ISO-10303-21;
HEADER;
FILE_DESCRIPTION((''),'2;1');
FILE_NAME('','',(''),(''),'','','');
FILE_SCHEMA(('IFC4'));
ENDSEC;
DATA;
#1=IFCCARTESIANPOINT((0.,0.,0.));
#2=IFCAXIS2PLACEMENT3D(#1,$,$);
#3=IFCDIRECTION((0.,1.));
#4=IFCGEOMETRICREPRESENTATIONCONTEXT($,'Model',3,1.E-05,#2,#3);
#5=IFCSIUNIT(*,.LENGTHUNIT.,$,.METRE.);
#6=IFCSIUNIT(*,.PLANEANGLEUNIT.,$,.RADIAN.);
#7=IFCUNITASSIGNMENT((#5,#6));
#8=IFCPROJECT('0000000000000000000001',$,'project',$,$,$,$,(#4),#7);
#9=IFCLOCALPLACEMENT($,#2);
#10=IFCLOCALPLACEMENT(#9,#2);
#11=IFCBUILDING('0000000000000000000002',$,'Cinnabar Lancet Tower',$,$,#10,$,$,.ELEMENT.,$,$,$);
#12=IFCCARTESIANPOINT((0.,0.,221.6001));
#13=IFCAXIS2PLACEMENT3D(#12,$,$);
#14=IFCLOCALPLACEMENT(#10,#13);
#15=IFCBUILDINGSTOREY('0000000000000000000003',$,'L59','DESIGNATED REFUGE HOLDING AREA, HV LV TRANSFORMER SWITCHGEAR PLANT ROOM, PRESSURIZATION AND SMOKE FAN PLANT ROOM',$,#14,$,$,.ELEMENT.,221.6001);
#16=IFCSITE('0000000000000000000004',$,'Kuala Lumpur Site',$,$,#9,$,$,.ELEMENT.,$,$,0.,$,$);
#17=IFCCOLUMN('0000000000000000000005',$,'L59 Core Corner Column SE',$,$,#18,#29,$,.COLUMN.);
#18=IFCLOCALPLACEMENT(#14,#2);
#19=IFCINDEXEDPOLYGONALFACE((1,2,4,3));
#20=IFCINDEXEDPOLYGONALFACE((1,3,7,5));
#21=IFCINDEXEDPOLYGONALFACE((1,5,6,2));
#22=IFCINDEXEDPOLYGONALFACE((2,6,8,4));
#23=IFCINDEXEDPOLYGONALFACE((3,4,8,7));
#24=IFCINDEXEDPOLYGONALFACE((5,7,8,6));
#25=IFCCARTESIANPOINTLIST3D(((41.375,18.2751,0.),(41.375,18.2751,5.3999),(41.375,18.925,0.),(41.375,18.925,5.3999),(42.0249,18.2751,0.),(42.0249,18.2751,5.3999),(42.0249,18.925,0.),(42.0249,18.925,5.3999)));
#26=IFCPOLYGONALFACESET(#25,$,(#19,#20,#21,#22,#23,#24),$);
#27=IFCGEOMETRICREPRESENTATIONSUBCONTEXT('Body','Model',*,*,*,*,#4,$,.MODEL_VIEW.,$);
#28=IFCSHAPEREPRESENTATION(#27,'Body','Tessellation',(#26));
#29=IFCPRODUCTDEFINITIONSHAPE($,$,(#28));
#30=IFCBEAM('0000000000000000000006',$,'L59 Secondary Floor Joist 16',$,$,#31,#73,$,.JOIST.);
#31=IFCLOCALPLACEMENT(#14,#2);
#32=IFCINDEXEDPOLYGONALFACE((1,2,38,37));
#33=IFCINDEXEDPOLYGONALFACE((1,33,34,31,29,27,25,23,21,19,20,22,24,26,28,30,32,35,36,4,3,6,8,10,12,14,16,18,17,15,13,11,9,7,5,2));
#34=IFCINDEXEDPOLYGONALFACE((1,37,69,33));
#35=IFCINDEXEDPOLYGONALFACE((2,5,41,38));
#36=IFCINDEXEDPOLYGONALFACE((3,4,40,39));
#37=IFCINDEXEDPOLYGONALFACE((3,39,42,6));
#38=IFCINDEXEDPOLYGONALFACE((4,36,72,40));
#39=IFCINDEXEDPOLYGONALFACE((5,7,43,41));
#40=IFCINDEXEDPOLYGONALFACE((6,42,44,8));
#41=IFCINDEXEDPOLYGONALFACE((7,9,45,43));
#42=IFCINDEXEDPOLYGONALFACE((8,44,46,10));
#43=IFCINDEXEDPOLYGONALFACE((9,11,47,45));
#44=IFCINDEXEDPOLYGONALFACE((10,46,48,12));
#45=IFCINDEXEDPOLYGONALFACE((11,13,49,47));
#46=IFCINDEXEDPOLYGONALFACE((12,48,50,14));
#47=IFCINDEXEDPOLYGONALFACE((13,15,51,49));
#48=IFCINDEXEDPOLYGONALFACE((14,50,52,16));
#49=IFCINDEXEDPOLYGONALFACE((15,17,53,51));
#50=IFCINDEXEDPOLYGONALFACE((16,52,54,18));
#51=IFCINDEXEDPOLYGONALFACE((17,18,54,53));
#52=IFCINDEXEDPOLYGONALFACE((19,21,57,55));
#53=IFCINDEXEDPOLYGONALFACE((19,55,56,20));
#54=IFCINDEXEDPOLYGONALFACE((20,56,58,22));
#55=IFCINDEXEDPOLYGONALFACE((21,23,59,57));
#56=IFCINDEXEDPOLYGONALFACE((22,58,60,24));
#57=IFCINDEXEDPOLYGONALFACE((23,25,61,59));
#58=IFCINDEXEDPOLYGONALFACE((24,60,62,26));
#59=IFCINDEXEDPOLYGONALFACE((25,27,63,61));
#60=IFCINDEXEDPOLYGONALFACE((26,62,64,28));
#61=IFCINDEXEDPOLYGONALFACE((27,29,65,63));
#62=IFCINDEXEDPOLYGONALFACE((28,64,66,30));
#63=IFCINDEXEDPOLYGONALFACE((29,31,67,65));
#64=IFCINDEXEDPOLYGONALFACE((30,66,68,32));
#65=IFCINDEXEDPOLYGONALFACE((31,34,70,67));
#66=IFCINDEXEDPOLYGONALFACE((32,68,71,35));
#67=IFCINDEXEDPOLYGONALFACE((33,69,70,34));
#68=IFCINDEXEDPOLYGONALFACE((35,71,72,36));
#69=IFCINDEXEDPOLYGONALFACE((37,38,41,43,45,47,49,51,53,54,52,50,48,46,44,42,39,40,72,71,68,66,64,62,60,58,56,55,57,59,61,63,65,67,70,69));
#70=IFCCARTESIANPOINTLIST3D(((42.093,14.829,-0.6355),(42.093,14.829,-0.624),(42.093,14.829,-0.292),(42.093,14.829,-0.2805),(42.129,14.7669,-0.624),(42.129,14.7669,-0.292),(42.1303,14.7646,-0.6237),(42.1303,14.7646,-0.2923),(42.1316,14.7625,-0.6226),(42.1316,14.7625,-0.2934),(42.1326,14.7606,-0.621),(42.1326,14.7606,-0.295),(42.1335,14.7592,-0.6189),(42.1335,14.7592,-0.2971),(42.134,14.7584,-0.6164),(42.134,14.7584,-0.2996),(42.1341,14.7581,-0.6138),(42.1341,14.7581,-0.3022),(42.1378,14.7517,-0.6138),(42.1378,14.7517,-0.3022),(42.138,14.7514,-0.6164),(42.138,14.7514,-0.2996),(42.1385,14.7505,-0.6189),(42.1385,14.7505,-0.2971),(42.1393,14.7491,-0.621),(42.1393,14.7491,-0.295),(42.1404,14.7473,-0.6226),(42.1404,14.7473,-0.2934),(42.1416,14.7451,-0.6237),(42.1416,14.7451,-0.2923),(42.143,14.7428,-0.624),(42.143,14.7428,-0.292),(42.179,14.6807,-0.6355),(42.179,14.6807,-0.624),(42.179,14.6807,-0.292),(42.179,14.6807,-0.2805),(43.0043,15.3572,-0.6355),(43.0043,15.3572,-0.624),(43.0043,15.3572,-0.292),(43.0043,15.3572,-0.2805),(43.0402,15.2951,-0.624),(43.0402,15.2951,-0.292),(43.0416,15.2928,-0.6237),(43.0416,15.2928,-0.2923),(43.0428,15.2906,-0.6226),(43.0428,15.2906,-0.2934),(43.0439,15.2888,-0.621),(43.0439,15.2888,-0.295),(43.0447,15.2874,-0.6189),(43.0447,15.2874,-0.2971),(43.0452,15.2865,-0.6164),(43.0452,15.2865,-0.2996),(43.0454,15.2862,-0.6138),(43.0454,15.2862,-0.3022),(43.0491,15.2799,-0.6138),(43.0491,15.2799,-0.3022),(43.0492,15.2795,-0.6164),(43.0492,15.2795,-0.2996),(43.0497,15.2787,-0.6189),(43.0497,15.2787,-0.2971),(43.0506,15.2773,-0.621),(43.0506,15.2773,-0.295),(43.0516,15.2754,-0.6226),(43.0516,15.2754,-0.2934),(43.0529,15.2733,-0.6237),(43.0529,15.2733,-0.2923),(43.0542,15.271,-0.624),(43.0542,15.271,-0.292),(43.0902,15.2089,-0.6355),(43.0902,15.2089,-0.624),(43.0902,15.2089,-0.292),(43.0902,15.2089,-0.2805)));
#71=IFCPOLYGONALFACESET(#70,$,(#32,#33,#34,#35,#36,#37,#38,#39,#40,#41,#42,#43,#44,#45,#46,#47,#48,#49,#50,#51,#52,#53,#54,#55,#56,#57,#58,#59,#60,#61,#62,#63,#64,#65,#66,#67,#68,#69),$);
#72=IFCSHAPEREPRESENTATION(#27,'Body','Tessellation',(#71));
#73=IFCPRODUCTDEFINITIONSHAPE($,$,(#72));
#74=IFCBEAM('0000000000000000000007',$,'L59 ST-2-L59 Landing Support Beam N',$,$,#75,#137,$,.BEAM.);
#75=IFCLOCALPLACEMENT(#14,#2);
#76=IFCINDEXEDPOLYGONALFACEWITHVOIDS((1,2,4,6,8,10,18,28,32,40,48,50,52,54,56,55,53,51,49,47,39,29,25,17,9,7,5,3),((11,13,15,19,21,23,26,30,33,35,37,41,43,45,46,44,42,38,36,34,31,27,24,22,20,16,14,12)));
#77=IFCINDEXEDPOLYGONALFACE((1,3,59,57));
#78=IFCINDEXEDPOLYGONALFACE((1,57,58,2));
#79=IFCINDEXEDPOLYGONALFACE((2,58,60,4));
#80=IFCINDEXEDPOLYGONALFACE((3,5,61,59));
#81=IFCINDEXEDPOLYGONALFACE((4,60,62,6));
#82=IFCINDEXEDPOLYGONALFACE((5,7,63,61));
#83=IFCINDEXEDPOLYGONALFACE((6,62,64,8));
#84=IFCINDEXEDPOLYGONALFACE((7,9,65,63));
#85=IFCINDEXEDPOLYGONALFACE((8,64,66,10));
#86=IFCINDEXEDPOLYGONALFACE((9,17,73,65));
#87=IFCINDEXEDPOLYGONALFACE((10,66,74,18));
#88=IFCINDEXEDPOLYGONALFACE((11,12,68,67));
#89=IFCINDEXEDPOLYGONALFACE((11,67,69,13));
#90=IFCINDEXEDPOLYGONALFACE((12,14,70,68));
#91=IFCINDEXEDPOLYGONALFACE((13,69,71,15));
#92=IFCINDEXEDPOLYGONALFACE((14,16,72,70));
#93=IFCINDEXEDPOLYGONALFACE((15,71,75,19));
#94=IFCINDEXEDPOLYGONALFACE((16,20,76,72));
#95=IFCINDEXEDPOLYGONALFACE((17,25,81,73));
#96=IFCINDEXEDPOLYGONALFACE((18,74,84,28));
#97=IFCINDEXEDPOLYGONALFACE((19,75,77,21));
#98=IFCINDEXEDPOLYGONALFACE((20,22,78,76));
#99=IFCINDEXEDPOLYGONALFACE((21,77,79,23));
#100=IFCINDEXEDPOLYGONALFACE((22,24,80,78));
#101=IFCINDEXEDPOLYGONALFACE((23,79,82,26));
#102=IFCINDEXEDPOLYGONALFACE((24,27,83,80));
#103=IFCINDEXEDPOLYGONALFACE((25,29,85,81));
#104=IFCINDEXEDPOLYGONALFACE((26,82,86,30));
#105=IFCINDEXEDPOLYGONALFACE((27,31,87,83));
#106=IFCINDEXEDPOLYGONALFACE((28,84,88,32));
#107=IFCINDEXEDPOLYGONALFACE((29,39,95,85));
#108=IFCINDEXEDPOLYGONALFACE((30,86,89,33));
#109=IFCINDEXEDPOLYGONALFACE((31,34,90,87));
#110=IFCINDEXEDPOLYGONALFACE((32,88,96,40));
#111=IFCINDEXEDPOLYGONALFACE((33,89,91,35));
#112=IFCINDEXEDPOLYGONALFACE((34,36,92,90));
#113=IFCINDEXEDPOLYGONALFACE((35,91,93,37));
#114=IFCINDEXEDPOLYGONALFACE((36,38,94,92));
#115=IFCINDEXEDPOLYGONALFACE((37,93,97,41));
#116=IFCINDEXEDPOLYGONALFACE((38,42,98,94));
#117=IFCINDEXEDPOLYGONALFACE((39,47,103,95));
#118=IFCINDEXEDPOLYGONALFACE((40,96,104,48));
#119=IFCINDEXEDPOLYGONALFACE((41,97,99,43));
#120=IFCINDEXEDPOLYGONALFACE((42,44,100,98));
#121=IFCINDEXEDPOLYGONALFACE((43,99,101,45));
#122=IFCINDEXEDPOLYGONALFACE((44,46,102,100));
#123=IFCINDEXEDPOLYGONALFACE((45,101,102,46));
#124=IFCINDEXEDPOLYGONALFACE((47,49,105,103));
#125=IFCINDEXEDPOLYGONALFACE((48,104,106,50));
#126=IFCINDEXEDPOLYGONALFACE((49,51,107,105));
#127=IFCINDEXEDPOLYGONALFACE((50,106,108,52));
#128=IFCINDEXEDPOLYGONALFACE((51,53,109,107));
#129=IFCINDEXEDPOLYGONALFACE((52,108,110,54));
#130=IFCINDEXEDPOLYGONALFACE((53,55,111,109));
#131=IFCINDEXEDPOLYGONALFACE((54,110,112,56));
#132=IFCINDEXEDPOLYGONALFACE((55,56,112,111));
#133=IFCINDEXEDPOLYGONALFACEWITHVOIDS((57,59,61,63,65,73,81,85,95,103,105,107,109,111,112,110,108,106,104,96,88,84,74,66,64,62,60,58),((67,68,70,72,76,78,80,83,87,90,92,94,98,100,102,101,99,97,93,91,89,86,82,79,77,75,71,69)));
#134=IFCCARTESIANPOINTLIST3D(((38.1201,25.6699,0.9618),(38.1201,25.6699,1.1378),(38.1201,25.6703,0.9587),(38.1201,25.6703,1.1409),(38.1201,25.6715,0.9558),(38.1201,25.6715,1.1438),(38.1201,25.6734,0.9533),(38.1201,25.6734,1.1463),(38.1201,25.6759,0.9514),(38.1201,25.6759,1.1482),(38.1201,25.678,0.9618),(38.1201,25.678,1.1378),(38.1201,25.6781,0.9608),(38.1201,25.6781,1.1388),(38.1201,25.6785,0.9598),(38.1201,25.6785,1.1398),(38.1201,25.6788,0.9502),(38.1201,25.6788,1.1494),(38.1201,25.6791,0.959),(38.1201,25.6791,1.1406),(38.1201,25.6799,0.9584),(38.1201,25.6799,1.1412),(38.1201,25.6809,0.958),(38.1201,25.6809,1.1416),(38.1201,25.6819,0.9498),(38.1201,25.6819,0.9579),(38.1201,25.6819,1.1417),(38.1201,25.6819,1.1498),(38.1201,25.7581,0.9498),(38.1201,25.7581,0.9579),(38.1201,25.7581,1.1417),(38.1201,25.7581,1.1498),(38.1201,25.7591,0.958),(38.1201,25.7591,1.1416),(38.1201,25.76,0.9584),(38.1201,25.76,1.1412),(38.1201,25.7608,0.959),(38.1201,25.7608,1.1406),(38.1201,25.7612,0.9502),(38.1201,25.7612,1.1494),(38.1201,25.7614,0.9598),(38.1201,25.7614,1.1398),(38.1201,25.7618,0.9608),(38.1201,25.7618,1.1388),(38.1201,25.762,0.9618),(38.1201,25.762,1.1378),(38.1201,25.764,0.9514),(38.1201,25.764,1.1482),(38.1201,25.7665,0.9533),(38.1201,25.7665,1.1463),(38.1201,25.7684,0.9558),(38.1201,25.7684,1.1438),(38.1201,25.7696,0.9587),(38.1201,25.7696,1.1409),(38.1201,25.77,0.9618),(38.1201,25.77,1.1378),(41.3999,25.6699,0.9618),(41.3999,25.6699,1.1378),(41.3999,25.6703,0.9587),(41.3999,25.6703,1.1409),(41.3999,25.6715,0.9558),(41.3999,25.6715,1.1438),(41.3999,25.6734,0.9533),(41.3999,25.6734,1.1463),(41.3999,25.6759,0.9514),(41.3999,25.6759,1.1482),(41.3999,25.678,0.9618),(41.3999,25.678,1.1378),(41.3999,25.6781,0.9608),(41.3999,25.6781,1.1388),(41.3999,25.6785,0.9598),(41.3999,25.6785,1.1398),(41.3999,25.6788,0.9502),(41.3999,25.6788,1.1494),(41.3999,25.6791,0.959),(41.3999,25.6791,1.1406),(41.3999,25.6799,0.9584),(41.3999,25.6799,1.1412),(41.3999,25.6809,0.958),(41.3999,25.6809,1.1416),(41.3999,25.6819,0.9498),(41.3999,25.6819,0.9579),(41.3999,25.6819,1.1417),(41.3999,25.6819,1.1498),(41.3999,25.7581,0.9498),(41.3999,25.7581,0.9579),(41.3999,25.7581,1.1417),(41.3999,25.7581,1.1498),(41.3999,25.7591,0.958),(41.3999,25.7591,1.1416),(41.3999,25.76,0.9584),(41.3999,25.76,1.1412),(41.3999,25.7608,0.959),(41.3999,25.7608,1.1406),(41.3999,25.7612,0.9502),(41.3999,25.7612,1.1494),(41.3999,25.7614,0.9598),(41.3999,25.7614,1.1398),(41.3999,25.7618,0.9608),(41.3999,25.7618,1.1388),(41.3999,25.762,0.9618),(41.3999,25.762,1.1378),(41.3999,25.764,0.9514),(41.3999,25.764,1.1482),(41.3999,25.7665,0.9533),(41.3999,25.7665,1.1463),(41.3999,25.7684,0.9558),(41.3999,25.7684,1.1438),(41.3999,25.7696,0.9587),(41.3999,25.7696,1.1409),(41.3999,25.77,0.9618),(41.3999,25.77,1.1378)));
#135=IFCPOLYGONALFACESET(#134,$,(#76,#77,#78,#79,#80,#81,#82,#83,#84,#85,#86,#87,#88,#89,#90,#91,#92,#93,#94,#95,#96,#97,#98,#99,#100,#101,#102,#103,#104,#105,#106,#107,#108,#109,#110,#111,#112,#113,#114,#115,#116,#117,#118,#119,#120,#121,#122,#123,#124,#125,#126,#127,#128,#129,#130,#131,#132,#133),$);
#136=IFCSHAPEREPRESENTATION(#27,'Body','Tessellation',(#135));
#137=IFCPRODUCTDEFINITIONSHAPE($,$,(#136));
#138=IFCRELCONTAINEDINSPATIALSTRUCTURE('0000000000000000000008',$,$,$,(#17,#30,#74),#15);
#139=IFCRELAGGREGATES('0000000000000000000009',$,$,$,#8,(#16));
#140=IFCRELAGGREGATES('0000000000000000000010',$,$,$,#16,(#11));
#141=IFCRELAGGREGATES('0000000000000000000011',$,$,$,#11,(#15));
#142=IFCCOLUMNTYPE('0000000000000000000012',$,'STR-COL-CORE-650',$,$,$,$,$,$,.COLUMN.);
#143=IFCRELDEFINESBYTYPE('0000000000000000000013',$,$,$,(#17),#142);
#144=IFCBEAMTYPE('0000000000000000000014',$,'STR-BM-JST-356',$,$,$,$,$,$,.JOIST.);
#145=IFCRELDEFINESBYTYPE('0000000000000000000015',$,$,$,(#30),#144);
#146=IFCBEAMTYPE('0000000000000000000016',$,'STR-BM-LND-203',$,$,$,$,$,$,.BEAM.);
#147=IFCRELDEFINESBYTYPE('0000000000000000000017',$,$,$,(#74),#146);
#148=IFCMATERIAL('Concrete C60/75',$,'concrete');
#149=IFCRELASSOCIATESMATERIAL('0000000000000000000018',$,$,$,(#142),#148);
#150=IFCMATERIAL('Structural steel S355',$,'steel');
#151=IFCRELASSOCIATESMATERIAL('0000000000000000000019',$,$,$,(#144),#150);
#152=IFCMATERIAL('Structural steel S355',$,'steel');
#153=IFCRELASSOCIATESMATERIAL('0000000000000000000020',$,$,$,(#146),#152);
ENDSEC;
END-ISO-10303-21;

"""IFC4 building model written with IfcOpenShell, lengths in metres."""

from ifc_helpers import new_model, si_unit, direction, frame, origin, origin_2d, place, context, subcontext, project, spatial, rectangle, hollow_rectangle, i_section, extrude, material, material_profile, profile_set, type_object, element, save


model = new_model("IFC4")

# Units and contexts
model_context = context("Model", 3, precision=1e-05, world=origin(), true_north=direction((0.0, 1.0)))
body_context = subcontext(model_context, "Body", "Model", "MODEL_VIEW")
ifc_project = project(units=[si_unit("LENGTHUNIT", "METRE"), si_unit("PLANEANGLEUNIT", "RADIAN")], contexts=[model_context])

# Site, building, storey
site_placement = place(None, origin())
site = spatial("IfcSite", under=ifc_project, at=site_placement, Name="Kuala Lumpur Site", CompositionType="ELEMENT", RefElevation=0.0)
building_placement = place(site_placement, origin())
building = spatial("IfcBuilding", under=site, at=building_placement, Name="Cinnabar Lancet Tower", CompositionType="ELEMENT")
storey_placement = place(building_placement, frame((0.0, 0.0, 221.6001)))
storey = spatial("IfcBuildingStorey", under=building, at=storey_placement, Name="L59", Description="DESIGNATED REFUGE HOLDING AREA, HV LV TRANSFORMER SWITCHGEAR PLANT ROOM, PRESSURIZATION AND SMOKE FAN PLANT ROOM", CompositionType="ELEMENT", Elevation=221.6001)

# Column
ifc_material_1 = material(Name="Concrete C60/75", Category="concrete")
ifc_material_profile_1 = material_profile(ifc_material_1, rectangle(XDim=0.6499, YDim=0.6499, at=origin_2d()), Name="RC-COL 650x650")
ifc_profile_set_1 = profile_set([ifc_material_profile_1], Name="Concrete C60/75")
column_type = type_object("IfcColumnType", Name="STR-COL-CORE-650", PredefinedType="COLUMN", material=ifc_profile_set_1)
column_placement = place(storey_placement, frame((41.7, 18.6001, 0.0), z_axis=(0.0, 0.0, 1.0), x_axis=(1.0, 0.0, 0.0)))
element("IfcColumn", 1, at=column_placement, inside=storey, type_object=column_type, Name="L59 Core Corner Column SE", PredefinedType="COLUMN", context=body_context, shape_type="SweptSolid", body=[
    extrude(rectangle(XDim=0.6499, YDim=0.6499, at=origin_2d()), origin(), (0.0, 0.0, 1.0), 5.3999),
])

# Beams
ifc_material_2 = material(Name="Structural steel S355", Category="steel")
ifc_material_profile_2 = material_profile(ifc_material_2, i_section(OverallWidth=0.1714, OverallDepth=0.355, WebThickness=0.0073, FlangeThickness=0.0115, FilletRadius=0.0103, at=origin_2d()), Name="UKB 356x171x51")
ifc_profile_set_2 = profile_set([ifc_material_profile_2], Name="Structural steel S355")
beam_type_1 = type_object("IfcBeamType", Name="STR-BM-JST-356", PredefinedType="JOIST", material=ifc_profile_set_2)
beam_1_placement = place(storey_placement, frame((42.136, 14.7549, -0.458), z_axis=(0.865188, 0.501447, 0.0), x_axis=(-0.501447, 0.865188, 0.0)))
element("IfcBeam", 2, at=beam_1_placement, inside=storey, type_object=beam_type_1, Name="L59 Secondary Floor Joist 16", PredefinedType="JOIST", context=body_context, shape_type="SweptSolid", body=[
    extrude(i_section(OverallWidth=0.1714, OverallDepth=0.355, WebThickness=0.0073, FlangeThickness=0.0115, FilletRadius=0.0103, at=origin_2d()), origin(), (0.0, 0.0, 1.0), 1.0532),
])
ifc_material_3 = material(Name="Structural steel S355", Category="steel")
ifc_material_profile_3 = material_profile(ifc_material_3, hollow_rectangle(XDim=0.1001, YDim=0.2, WallThickness=0.0081, InnerFilletRadius=0.0039, OuterFilletRadius=0.012, at=origin_2d()), Name="RHS 200x100x8")
ifc_profile_set_3 = profile_set([ifc_material_profile_3], Name="Structural steel S355")
beam_type_2 = type_object("IfcBeamType", Name="STR-BM-LND-203", PredefinedType="BEAM", material=ifc_profile_set_3)
beam_2_placement = place(storey_placement, frame((38.1201, 25.72, 1.0498), z_axis=(1.0, 0.0, 0.0), x_axis=(0.0, 1.0, 0.0)))
element("IfcBeam", 3, at=beam_2_placement, inside=storey, type_object=beam_type_2, Name="L59 ST-2-L59 Landing Support Beam N", PredefinedType="BEAM", context=body_context, shape_type="SweptSolid", body=[
    extrude(hollow_rectangle(XDim=0.1001, YDim=0.2, WallThickness=0.0081, InnerFilletRadius=0.0039, OuterFilletRadius=0.012, at=origin_2d()), origin(), (0.0, 0.0, 1.0), 3.2798),
])

save(model, "model.ifc")
